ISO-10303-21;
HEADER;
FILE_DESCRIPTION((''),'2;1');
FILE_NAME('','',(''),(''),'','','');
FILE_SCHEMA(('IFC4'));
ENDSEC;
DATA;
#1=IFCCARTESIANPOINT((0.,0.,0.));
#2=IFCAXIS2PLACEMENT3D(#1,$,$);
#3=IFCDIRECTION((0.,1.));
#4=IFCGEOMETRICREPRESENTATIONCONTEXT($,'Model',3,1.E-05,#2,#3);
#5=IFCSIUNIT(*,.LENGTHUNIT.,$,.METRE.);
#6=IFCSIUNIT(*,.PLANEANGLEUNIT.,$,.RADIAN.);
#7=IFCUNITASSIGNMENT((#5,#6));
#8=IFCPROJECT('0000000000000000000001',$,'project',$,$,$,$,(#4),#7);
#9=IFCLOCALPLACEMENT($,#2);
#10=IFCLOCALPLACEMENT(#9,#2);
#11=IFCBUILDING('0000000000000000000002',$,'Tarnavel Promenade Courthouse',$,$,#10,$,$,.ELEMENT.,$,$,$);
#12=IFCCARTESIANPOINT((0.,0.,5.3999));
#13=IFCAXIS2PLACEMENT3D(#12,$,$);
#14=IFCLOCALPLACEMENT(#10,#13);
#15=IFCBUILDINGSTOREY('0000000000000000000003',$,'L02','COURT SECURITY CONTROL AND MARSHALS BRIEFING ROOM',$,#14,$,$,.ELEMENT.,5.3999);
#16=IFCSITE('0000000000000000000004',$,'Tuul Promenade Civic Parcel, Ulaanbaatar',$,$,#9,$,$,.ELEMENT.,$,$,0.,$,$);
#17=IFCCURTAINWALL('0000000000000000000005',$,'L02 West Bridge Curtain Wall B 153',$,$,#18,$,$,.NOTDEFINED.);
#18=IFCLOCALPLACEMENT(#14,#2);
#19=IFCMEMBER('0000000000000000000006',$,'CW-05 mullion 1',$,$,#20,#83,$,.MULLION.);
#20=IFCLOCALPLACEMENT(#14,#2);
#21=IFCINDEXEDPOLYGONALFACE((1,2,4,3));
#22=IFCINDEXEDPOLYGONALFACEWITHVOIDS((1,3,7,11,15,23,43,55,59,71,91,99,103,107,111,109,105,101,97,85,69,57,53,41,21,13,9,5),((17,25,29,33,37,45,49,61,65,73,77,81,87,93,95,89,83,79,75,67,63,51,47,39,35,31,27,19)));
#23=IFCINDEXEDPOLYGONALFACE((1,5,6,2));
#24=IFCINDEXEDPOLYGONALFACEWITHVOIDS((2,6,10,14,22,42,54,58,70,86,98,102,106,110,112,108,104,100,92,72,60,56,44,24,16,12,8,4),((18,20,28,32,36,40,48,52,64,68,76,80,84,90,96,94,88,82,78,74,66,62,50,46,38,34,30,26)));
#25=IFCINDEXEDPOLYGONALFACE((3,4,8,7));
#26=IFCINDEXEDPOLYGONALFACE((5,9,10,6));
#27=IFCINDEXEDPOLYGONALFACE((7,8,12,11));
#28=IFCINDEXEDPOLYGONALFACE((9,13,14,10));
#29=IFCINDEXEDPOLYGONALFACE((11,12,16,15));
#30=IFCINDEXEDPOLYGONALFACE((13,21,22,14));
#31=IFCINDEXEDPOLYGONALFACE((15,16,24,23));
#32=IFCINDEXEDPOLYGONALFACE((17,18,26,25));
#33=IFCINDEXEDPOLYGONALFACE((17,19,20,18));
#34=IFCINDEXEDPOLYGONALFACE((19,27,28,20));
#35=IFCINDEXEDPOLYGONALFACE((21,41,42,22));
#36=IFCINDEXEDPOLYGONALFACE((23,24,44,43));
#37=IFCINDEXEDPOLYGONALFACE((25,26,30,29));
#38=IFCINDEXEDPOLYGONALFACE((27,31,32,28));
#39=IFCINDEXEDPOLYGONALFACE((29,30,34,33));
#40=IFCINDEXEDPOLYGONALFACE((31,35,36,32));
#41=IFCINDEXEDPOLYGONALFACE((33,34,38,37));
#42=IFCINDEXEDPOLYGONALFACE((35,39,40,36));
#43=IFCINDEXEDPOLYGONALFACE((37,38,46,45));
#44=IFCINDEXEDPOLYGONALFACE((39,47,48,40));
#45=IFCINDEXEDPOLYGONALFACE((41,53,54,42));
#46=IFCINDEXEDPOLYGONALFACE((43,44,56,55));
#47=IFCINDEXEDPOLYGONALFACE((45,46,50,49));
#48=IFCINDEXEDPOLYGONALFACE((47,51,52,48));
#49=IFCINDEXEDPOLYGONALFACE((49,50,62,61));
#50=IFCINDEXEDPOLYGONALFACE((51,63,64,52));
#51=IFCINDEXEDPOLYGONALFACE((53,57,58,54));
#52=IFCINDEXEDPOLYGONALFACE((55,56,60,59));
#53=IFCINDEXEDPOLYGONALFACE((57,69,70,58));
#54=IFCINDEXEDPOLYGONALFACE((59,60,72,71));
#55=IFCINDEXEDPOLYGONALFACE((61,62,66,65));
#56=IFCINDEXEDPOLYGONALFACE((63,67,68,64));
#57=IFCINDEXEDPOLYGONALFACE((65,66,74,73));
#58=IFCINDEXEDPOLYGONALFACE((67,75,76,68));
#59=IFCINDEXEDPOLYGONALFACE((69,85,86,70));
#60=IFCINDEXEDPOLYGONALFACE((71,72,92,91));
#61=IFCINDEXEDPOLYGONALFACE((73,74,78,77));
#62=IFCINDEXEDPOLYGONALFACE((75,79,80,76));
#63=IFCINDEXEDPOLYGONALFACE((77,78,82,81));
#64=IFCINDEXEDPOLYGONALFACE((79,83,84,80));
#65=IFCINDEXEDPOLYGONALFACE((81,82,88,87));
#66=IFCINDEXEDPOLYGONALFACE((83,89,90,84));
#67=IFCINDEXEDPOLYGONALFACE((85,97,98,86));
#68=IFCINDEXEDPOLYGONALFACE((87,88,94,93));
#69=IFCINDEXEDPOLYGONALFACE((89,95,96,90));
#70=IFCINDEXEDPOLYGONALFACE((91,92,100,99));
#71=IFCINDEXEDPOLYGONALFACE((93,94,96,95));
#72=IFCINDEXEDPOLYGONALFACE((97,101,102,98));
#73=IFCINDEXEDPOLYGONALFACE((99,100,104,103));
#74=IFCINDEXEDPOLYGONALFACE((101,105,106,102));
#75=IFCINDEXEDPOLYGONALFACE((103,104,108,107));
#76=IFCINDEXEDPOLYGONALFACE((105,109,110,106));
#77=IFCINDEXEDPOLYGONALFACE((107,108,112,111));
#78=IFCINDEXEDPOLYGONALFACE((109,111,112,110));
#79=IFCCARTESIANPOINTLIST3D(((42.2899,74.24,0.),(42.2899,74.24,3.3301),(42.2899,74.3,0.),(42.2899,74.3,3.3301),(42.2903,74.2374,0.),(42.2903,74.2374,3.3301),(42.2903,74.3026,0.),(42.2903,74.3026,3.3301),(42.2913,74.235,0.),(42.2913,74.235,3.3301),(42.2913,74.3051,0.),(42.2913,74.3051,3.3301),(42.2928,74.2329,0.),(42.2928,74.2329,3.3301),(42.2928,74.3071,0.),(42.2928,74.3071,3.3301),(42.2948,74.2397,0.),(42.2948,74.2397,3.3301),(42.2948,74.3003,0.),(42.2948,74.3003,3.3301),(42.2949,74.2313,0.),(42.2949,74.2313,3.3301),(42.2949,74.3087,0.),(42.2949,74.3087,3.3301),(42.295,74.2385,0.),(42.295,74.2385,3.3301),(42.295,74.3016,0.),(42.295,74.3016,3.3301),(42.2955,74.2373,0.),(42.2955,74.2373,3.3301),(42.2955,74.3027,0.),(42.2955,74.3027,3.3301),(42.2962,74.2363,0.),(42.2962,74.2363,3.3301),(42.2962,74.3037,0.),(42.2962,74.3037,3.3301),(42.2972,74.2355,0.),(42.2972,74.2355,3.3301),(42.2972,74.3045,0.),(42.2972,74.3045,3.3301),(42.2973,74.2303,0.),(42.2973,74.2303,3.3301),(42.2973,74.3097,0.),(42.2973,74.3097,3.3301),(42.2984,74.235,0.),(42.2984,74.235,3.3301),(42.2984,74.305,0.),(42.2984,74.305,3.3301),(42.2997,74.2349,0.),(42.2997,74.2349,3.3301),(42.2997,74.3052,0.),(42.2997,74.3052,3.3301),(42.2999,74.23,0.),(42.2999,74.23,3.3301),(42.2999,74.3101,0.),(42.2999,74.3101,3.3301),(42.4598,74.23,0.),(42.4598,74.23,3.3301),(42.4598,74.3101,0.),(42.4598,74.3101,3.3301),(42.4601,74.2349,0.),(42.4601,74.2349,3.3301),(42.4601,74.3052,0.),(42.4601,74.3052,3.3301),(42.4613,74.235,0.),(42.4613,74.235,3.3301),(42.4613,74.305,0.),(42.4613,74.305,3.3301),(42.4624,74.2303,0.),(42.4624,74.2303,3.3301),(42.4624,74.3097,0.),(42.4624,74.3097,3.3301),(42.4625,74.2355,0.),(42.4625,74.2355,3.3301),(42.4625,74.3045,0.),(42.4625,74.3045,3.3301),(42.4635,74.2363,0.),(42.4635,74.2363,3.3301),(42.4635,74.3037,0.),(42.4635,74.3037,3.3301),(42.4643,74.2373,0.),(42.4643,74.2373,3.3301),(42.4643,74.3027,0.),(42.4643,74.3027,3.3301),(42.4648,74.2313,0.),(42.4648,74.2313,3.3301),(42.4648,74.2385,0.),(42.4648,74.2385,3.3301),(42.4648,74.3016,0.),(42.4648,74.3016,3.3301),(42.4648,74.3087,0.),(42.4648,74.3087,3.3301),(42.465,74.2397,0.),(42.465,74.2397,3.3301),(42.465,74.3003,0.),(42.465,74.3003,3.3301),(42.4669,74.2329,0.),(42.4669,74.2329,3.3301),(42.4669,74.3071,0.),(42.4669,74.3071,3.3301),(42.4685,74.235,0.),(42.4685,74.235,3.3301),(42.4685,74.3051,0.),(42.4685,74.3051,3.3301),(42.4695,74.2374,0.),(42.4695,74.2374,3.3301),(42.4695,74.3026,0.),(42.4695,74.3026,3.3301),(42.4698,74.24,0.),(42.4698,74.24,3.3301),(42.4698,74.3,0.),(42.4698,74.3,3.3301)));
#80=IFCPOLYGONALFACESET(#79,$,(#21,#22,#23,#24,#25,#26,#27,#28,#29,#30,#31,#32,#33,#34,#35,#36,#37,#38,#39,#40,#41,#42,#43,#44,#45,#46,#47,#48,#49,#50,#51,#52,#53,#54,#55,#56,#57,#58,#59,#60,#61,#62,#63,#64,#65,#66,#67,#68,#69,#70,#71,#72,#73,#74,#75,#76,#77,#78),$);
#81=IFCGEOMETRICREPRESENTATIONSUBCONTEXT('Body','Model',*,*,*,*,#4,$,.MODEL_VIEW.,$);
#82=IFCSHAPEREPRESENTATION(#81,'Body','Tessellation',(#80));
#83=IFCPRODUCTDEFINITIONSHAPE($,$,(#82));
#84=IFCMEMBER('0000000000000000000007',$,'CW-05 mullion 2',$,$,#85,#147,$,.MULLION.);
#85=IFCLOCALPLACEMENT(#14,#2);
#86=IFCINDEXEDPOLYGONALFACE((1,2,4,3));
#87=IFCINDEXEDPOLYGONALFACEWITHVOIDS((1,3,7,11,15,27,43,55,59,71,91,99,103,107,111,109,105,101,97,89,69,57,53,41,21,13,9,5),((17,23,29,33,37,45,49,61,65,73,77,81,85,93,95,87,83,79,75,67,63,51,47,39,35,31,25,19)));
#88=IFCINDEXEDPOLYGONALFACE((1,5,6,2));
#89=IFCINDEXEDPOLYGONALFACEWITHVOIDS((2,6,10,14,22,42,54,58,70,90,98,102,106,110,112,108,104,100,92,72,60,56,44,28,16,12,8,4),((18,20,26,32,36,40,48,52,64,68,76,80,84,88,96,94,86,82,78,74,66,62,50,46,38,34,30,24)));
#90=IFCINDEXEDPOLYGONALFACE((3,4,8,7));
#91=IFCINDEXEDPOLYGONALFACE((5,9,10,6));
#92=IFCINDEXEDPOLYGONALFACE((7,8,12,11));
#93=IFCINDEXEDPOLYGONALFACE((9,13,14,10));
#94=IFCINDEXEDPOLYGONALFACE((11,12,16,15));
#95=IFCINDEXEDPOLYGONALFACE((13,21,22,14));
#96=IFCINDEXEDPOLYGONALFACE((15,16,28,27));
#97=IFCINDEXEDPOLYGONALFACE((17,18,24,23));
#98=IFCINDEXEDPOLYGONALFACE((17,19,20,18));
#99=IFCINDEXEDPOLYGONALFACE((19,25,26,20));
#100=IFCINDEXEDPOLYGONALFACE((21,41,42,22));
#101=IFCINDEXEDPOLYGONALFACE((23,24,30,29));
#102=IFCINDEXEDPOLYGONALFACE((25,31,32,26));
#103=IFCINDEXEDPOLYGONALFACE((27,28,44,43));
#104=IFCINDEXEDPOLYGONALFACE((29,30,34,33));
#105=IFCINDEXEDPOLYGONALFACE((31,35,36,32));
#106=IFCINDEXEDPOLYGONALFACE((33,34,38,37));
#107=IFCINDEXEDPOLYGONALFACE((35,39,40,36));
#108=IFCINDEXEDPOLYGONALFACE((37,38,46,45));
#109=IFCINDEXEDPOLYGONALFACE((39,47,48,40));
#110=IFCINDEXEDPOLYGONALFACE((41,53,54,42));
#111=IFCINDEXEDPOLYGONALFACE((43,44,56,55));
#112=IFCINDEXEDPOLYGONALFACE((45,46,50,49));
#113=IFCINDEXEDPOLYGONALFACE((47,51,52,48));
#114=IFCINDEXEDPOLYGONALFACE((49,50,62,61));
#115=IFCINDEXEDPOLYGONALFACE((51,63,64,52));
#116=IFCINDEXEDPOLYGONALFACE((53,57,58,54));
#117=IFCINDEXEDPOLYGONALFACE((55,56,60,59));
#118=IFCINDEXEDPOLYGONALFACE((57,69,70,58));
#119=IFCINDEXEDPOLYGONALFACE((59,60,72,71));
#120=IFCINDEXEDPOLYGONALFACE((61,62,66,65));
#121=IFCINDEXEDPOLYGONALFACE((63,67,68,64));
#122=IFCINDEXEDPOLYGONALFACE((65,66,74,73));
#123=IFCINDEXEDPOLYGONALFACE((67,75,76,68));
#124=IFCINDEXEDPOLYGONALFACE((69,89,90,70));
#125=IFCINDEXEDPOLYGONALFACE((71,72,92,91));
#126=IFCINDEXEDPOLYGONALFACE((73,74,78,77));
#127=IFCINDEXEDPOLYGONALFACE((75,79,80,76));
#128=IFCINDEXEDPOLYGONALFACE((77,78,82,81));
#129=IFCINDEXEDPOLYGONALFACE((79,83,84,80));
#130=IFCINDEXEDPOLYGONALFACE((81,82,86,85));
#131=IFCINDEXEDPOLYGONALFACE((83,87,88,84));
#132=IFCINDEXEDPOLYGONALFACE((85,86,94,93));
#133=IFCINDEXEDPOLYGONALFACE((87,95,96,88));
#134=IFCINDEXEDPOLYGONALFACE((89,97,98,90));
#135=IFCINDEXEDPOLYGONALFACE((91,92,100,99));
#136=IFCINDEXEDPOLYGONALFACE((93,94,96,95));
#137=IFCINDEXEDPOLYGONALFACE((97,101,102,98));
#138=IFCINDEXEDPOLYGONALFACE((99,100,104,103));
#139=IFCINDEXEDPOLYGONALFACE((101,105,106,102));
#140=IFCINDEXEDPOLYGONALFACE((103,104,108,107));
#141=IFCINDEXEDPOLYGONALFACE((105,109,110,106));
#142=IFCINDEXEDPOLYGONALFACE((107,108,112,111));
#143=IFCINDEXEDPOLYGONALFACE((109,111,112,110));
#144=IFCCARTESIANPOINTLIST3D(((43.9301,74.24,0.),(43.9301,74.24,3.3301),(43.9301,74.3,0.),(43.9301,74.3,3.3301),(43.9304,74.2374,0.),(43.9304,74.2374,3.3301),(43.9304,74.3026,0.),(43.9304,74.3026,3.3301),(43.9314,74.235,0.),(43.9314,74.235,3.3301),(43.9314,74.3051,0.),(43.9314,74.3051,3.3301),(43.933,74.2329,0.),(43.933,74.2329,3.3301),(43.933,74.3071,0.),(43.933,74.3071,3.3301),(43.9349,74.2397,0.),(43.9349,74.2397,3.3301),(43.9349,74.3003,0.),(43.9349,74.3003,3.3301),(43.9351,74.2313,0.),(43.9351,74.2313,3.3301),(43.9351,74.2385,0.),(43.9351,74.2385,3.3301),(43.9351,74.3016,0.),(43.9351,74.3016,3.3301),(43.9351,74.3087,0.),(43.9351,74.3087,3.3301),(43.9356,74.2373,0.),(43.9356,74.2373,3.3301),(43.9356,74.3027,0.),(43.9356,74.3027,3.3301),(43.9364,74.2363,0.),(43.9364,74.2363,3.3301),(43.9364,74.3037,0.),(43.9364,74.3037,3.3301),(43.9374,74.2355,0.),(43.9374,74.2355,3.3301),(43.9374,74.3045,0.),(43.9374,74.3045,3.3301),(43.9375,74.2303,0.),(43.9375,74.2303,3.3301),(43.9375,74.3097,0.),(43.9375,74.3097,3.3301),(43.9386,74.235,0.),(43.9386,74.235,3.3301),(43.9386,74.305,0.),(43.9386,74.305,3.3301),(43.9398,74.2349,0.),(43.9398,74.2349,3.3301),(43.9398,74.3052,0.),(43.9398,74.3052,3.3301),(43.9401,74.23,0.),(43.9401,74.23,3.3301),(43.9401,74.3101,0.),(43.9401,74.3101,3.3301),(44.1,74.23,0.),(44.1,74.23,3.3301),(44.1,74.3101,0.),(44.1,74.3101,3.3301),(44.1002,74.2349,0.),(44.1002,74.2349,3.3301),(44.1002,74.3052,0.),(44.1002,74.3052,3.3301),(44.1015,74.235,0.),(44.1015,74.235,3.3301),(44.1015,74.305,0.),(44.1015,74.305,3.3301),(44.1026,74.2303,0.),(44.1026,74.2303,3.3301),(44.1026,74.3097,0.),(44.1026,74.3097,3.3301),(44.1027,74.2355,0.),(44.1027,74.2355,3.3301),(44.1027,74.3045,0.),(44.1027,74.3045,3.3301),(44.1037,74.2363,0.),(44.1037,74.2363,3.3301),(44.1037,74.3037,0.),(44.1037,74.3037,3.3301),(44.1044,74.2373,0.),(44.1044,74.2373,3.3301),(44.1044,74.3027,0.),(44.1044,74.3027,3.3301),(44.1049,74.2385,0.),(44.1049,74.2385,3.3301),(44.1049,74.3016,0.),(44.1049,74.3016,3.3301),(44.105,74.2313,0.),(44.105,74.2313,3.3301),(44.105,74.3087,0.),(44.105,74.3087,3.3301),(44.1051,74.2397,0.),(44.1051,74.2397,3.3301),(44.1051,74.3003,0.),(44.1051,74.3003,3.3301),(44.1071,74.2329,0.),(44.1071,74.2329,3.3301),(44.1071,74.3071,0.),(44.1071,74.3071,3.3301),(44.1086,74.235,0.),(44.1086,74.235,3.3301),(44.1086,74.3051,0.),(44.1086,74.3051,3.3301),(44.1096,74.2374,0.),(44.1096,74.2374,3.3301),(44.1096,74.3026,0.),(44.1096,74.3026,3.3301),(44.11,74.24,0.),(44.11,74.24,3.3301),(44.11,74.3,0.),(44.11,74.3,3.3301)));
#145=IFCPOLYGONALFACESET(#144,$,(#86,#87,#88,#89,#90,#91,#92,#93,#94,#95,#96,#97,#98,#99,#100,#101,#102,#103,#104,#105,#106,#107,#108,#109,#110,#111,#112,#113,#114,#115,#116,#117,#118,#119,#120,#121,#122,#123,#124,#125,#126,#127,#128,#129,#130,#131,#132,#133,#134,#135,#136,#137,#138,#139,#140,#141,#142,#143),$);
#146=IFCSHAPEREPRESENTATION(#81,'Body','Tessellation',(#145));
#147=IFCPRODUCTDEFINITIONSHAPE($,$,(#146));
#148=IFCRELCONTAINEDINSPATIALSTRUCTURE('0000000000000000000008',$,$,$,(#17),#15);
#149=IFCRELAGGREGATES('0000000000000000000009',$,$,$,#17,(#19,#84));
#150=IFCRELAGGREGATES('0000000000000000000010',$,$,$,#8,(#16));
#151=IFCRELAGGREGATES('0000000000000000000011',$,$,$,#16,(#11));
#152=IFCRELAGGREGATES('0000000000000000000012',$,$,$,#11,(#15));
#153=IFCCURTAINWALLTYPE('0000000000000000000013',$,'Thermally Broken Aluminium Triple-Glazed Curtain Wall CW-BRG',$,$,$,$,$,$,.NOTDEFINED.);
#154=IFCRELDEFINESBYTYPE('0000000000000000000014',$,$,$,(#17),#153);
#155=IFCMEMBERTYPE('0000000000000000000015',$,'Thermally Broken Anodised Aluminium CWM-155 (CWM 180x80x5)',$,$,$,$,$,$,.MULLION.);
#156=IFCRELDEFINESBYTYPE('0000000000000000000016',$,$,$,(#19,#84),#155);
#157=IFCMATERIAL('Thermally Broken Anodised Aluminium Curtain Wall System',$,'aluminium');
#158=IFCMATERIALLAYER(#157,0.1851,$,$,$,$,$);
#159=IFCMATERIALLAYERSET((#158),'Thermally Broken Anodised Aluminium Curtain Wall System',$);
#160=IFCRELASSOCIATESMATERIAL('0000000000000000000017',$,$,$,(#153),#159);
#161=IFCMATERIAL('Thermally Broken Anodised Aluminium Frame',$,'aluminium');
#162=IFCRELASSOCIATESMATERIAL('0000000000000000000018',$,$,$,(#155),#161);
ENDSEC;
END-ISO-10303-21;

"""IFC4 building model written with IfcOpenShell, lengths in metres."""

from ifc_helpers import new_model, si_unit, direction, frame, origin, origin_2d, place, context, subcontext, project, spatial, hollow_rectangle, extrude, material, layer, layer_set, material_profile, profile_set, type_object, element, aggregate, save


model = new_model("IFC4")

# Units and contexts
model_context = context("Model", 3, precision=1e-05, world=origin(), true_north=direction((0.0, 1.0)))
body_context = subcontext(model_context, "Body", "Model", "MODEL_VIEW")
ifc_project = project(units=[si_unit("LENGTHUNIT", "METRE"), si_unit("PLANEANGLEUNIT", "RADIAN")], contexts=[model_context])

# Site, building, storey
site_placement = place(None, origin())
site = spatial("IfcSite", under=ifc_project, at=site_placement, Name="Tuul Promenade Civic Parcel, Ulaanbaatar", CompositionType="ELEMENT", RefElevation=0.0)
building_placement = place(site_placement, origin())
building = spatial("IfcBuilding", under=site, at=building_placement, Name="Tarnavel Promenade Courthouse", CompositionType="ELEMENT")
storey_placement = place(building_placement, frame((0.0, 0.0, 5.3999)))
storey = spatial("IfcBuildingStorey", under=building, at=storey_placement, Name="L02", Description="COURT SECURITY CONTROL AND MARSHALS BRIEFING ROOM", CompositionType="ELEMENT", Elevation=5.3999)

# Shared definitions
ifc_material_1 = material(Name="Thermally Broken Anodised Aluminium Curtain Wall System", Category="aluminium")
ifc_layer_1 = layer(ifc_material_1, 0.1851)
ifc_layer_set_1 = layer_set([ifc_layer_1], Name="Thermally Broken Anodised Aluminium Curtain Wall System")
curtain_wall_type = type_object("IfcCurtainWallType", Name="Thermally Broken Aluminium Triple-Glazed Curtain Wall CW-BRG", PredefinedType="NOTDEFINED", material=ifc_layer_set_1)
ifc_material_2 = material(Name="Thermally Broken Anodised Aluminium Frame", Category="aluminium")
ifc_material_profile_1 = material_profile(ifc_material_2, hollow_rectangle(XDim=0.0801, YDim=0.1799, WallThickness=0.0049, InnerFilletRadius=0.0049, OuterFilletRadius=0.01, at=origin_2d()), Name="CWM 180x80x5")
ifc_profile_set_1 = profile_set([ifc_material_profile_1], Name="Thermally Broken Anodised Aluminium Frame")
member_type_1 = type_object("IfcMemberType", Name="Thermally Broken Anodised Aluminium CWM-155 (CWM 180x80x5)", PredefinedType="MULLION", material=ifc_profile_set_1)

# Curtain wall, members
curtain_wall_1_placement = place(storey_placement, origin())
curtain_wall_1 = element("IfcCurtainWall", 1, at=curtain_wall_1_placement, inside=storey, type_object=curtain_wall_type, Name="L02 West Bridge Curtain Wall B 153", PredefinedType="NOTDEFINED")
member_1_placement = place(storey_placement, frame((42.3799, 74.27, 0.0), z_axis=(0.0, 0.0, 1.0), x_axis=(0.0, 1.0, 0.0)))
member_1 = element("IfcMember", 2, at=member_1_placement, type_object=member_type_1, Name="CW-05 mullion 1", PredefinedType="MULLION", context=body_context, shape_type="SweptSolid", body=[
    extrude(hollow_rectangle(XDim=0.0801, YDim=0.1799, WallThickness=0.0049, InnerFilletRadius=0.0049, OuterFilletRadius=0.01, at=origin_2d()), origin(), (0.0, 0.0, 1.0), 3.3301),
])
member_2_placement = place(storey_placement, frame((44.02, 74.27, 0.0), z_axis=(0.0, 0.0, 1.0), x_axis=(0.0, 1.0, 0.0)))
member_2 = element("IfcMember", 3, at=member_2_placement, type_object=member_type_1, Name="CW-05 mullion 2", PredefinedType="MULLION", context=body_context, shape_type="SweptSolid", body=[
    extrude(hollow_rectangle(XDim=0.0801, YDim=0.1799, WallThickness=0.0049, InnerFilletRadius=0.0049, OuterFilletRadius=0.01, at=origin_2d()), origin(), (0.0, 0.0, 1.0), 3.3301),
])

aggregate(curtain_wall_1, [member_1, member_2])

save(model, "model.ifc")
